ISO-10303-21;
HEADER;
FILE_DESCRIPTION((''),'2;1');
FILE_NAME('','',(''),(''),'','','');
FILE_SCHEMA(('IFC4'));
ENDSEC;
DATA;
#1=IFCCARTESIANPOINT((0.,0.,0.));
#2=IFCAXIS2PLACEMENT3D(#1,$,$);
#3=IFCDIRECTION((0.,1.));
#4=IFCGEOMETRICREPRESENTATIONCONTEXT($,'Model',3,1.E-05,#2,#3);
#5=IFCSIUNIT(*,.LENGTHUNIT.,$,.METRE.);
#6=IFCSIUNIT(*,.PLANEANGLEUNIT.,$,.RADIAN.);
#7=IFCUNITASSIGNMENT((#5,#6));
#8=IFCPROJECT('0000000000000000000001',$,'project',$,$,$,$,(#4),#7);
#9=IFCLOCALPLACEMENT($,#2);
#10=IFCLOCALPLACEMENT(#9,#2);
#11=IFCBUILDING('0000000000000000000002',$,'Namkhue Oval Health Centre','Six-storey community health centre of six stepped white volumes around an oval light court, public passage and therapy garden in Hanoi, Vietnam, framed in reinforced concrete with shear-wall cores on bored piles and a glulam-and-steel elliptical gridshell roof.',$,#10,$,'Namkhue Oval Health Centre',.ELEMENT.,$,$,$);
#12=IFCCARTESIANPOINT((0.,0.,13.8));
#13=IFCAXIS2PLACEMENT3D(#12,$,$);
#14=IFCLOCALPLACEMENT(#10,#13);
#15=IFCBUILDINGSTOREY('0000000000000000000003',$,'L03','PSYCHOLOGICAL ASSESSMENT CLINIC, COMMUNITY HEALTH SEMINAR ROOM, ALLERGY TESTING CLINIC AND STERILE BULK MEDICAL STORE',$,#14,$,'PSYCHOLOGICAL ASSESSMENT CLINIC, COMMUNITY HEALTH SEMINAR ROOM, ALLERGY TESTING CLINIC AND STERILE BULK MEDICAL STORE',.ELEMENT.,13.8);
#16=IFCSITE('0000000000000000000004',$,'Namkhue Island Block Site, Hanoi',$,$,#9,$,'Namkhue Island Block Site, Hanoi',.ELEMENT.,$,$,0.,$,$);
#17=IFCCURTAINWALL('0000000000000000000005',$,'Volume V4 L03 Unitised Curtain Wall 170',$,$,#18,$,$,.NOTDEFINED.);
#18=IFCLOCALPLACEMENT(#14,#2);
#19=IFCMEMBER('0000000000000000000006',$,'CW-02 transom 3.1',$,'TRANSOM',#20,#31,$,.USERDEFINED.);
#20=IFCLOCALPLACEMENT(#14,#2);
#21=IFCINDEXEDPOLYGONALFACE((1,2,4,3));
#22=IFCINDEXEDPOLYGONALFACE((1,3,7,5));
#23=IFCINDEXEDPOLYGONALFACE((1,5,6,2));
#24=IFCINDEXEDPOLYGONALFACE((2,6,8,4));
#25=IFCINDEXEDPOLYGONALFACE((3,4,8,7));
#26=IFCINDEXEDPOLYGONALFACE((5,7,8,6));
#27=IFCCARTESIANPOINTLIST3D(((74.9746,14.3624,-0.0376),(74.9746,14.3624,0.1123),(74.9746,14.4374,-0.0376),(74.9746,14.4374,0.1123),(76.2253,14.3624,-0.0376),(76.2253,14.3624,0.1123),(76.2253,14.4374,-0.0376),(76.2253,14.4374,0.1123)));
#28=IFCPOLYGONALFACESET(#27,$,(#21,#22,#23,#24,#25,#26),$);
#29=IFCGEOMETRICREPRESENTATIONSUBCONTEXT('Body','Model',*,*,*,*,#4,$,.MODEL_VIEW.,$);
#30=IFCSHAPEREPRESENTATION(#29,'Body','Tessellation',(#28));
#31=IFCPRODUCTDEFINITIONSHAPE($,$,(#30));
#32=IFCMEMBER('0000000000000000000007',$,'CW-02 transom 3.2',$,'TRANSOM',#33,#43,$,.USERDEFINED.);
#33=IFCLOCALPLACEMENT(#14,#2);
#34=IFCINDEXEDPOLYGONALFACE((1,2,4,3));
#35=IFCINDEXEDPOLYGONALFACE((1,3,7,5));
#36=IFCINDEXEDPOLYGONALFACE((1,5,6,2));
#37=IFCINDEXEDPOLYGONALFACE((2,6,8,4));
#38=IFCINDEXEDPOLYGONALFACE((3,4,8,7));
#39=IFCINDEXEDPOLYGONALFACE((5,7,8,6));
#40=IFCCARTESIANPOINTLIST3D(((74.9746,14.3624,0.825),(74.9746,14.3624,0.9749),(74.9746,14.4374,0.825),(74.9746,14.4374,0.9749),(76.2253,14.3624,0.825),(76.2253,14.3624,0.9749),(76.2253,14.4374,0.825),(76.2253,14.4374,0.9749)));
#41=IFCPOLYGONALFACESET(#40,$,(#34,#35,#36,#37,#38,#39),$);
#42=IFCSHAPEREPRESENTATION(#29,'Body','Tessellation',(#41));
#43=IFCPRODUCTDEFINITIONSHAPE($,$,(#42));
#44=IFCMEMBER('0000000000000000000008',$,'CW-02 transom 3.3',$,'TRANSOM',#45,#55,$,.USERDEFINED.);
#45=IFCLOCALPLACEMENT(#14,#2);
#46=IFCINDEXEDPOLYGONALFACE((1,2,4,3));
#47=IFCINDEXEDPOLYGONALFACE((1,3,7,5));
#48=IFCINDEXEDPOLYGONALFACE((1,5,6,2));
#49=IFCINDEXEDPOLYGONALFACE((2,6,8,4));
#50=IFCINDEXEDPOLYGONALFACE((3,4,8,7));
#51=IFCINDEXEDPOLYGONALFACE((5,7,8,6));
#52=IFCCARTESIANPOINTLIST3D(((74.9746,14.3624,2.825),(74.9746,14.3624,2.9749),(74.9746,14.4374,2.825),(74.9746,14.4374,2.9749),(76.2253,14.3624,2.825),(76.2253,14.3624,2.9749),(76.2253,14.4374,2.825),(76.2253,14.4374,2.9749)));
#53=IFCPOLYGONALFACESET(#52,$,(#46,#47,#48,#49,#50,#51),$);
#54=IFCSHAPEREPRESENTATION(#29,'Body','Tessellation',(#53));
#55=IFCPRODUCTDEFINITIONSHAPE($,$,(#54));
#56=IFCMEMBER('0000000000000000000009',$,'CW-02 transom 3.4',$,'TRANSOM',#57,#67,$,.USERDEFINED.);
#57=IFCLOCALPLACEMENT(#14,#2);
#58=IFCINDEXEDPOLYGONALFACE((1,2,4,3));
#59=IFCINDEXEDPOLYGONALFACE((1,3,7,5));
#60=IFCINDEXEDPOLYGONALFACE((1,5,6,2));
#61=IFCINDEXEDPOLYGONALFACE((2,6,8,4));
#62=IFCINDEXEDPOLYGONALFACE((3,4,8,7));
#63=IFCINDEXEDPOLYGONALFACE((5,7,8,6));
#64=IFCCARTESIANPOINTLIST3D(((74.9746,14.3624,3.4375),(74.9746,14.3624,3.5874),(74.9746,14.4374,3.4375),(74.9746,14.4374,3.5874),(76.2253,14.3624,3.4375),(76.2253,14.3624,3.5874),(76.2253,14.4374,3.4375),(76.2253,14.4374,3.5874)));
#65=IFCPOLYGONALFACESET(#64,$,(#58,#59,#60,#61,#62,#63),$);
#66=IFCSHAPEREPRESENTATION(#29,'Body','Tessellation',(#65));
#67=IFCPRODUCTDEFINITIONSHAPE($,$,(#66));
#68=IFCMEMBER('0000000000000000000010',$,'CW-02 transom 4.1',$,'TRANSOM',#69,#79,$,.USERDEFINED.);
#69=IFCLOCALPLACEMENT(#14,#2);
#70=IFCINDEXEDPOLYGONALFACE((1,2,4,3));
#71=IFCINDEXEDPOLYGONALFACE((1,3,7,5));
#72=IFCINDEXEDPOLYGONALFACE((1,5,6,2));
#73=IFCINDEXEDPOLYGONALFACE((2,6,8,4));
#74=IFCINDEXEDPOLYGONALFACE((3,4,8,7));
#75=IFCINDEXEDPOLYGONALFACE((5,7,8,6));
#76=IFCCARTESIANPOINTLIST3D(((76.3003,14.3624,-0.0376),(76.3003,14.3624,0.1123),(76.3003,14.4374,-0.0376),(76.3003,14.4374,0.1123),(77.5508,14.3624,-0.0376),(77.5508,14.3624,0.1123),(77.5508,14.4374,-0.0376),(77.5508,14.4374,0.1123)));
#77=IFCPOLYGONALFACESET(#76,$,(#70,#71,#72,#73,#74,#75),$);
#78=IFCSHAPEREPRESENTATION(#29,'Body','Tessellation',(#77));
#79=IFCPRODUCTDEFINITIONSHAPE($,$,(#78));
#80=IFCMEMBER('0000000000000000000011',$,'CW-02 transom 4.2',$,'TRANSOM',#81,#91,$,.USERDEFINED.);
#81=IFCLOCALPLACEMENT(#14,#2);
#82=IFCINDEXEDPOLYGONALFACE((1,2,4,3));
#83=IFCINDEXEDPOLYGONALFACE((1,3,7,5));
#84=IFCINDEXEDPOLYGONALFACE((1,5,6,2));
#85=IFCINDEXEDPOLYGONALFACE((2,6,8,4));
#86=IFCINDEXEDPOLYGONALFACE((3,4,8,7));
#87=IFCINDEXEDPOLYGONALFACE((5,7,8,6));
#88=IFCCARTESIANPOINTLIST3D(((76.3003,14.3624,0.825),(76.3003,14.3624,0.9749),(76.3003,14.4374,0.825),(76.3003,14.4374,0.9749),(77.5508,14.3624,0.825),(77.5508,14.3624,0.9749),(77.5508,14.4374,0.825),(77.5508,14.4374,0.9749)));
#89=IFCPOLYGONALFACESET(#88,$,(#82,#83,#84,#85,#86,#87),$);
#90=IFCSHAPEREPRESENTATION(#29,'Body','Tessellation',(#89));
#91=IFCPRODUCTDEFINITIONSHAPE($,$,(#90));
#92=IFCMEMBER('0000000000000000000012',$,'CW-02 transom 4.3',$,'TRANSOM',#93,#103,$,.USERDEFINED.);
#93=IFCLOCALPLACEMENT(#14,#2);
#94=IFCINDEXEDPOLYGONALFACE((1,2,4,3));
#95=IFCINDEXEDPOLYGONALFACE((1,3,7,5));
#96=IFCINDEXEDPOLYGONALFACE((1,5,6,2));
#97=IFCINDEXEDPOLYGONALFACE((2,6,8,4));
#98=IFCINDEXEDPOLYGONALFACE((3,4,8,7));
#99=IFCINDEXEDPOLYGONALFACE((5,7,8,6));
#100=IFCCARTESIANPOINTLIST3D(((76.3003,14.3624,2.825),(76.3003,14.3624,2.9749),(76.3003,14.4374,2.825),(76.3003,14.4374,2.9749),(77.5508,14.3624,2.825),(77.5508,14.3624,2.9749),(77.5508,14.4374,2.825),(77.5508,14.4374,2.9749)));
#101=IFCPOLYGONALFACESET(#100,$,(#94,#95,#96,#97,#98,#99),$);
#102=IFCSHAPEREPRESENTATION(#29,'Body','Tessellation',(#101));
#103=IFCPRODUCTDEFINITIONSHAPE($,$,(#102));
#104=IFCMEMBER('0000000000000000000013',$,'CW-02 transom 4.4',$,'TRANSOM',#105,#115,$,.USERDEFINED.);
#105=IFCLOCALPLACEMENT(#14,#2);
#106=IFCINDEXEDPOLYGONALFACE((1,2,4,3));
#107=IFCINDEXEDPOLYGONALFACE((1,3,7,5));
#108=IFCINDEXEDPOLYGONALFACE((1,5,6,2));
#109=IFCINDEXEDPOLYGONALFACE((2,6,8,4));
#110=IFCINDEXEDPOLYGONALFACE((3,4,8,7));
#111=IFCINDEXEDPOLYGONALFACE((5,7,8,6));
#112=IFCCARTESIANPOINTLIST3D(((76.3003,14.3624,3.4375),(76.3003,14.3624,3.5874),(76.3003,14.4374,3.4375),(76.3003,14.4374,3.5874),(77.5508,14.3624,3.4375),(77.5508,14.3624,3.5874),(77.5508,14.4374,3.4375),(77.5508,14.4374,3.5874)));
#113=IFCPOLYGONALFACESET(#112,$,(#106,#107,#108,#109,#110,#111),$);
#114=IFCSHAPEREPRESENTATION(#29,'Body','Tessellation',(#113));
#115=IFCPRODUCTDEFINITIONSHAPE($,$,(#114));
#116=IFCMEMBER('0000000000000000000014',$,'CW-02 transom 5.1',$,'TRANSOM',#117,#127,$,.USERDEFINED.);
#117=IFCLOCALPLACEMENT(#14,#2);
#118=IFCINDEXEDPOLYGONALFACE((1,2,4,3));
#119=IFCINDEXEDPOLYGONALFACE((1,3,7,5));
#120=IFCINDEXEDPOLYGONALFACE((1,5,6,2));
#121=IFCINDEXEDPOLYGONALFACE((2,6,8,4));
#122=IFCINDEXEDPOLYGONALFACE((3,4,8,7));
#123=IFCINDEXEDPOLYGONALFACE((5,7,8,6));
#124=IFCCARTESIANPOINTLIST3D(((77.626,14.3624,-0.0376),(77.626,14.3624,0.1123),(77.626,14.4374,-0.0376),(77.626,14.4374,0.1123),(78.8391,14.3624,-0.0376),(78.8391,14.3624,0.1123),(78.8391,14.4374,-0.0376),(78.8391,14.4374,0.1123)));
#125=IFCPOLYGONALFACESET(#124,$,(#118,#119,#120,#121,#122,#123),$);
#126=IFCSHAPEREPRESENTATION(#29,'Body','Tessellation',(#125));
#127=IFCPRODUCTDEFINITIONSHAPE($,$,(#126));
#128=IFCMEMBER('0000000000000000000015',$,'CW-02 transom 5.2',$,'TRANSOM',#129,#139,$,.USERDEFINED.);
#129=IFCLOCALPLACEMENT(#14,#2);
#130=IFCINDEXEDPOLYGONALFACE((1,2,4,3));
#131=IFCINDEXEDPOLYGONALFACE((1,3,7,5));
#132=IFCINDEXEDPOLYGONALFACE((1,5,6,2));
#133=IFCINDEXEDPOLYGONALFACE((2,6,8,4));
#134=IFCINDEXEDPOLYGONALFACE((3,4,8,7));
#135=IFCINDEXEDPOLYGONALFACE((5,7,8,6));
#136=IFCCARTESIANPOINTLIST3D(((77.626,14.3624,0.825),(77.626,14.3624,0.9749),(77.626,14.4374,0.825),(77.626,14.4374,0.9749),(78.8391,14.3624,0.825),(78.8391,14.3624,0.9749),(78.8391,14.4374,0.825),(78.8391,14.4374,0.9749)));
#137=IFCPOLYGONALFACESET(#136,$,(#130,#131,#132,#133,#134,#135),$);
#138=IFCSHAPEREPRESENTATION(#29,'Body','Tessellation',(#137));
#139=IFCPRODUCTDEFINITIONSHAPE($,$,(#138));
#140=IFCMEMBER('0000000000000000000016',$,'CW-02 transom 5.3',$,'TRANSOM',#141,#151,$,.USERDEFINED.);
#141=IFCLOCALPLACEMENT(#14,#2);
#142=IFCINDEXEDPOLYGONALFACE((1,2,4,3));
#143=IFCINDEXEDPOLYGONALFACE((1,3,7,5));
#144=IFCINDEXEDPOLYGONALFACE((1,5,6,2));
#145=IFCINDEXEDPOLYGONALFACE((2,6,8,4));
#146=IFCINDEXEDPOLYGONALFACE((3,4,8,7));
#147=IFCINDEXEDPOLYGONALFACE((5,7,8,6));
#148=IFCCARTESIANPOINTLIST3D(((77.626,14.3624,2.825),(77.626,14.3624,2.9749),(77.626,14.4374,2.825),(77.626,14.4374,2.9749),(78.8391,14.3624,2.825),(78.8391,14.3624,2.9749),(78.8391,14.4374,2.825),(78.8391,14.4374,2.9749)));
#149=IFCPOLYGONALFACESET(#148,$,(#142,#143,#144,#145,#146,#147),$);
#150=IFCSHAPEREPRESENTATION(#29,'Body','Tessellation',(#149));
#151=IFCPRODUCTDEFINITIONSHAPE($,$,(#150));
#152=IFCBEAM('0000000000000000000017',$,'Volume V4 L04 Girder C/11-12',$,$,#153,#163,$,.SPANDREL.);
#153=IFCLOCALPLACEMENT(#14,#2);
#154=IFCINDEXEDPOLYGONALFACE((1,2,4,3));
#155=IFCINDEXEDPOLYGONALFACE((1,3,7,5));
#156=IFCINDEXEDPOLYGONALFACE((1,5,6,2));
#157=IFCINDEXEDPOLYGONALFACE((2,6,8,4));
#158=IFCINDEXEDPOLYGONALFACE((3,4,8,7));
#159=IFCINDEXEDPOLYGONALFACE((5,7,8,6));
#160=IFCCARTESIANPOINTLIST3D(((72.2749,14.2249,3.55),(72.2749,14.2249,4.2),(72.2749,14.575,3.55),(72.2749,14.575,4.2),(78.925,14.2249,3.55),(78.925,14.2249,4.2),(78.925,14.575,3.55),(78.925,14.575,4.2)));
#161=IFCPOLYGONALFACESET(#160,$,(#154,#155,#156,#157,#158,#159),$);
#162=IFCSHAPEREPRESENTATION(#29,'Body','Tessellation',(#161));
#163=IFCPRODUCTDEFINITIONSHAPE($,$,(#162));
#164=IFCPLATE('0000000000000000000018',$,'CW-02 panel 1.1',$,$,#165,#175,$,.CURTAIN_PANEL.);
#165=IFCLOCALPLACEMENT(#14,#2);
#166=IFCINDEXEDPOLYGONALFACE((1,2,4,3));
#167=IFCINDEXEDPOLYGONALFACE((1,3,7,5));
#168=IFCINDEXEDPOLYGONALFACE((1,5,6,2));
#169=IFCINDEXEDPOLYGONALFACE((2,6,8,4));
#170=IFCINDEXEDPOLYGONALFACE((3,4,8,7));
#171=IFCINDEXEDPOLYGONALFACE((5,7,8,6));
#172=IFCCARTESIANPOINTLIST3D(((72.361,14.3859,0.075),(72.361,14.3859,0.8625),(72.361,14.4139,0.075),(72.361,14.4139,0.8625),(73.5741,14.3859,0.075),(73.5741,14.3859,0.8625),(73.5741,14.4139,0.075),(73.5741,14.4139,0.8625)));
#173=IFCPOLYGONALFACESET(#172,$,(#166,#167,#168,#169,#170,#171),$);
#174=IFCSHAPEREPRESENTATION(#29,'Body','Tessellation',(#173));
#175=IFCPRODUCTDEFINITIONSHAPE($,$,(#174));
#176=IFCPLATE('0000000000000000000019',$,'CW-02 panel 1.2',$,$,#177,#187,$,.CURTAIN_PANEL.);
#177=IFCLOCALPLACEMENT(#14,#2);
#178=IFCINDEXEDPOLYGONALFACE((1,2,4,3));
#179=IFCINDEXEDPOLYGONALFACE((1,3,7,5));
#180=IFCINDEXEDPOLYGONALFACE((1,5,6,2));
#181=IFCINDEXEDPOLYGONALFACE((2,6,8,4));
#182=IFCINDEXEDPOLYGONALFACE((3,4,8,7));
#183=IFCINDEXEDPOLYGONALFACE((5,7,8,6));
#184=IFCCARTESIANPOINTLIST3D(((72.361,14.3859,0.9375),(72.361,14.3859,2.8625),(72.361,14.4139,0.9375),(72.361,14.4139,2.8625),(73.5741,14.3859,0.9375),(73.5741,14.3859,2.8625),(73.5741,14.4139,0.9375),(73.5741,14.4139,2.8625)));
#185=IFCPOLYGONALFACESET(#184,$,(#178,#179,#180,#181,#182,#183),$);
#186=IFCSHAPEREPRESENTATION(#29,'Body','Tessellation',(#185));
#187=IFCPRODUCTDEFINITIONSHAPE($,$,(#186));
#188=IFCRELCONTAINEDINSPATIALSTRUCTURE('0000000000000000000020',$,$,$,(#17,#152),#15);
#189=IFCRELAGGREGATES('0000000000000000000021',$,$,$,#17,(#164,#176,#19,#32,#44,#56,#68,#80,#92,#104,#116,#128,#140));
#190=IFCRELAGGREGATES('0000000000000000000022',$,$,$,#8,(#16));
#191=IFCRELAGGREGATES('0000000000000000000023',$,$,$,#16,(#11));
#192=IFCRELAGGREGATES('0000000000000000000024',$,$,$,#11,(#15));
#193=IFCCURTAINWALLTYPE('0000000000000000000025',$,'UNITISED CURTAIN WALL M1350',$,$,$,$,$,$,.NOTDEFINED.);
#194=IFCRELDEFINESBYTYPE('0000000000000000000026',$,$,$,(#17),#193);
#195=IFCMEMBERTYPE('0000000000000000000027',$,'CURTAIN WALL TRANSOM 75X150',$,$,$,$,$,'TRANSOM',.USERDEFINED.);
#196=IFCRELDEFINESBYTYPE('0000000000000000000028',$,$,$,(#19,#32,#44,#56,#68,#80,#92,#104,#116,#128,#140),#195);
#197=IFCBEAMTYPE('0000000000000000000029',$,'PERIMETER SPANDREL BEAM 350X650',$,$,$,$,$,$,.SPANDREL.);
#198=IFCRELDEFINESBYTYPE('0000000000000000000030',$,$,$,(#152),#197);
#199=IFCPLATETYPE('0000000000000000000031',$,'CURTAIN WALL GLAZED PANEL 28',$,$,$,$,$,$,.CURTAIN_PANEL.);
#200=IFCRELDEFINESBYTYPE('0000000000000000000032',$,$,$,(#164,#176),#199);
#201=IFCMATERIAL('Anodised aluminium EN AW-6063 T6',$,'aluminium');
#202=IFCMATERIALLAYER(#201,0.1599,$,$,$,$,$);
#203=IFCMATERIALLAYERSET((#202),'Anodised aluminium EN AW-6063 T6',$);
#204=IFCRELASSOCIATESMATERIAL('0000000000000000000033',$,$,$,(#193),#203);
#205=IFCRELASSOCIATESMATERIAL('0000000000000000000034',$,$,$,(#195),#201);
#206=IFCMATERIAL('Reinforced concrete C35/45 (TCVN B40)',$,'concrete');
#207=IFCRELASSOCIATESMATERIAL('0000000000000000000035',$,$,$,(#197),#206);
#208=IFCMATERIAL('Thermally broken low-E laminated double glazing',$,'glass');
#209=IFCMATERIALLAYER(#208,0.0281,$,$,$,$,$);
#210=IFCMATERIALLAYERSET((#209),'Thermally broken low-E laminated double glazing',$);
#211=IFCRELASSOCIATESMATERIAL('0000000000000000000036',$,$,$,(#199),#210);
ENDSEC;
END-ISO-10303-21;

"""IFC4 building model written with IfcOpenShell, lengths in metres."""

from ifc_helpers import new_model, si_unit, direction, frame, origin, origin_2d, place, context, subcontext, project, spatial, rectangle, extrude, material, layer, layer_set, material_profile, profile_set, type_object, element, aggregate, save


model = new_model("IFC4")

# Units and contexts
model_context = context("Model", 3, precision=1e-05, world=origin(), true_north=direction((0.0, 1.0)))
body_context = subcontext(model_context, "Body", "Model", "MODEL_VIEW")
ifc_project = project(units=[si_unit("LENGTHUNIT", "METRE"), si_unit("PLANEANGLEUNIT", "RADIAN")], contexts=[model_context])

# Site, building, storey
site_placement = place(None, origin())
site = spatial("IfcSite", under=ifc_project, at=site_placement, Name="Namkhue Island Block Site, Hanoi", LongName="Namkhue Island Block Site, Hanoi", CompositionType="ELEMENT", RefElevation=0.0)
building_placement = place(site_placement, origin())
building = spatial("IfcBuilding", under=site, at=building_placement, Name="Namkhue Oval Health Centre", Description="Six-storey community health centre of six stepped white volumes around an oval light court, public passage and therapy garden in Hanoi, Vietnam, framed in reinforced concrete with shear-wall cores on bored piles and a glulam-and-steel elliptical gridshell roof.", LongName="Namkhue Oval Health Centre", CompositionType="ELEMENT")
storey_placement = place(building_placement, frame((0.0, 0.0, 13.8)))
storey = spatial("IfcBuildingStorey", under=building, at=storey_placement, Name="L03", Description="PSYCHOLOGICAL ASSESSMENT CLINIC, COMMUNITY HEALTH SEMINAR ROOM, ALLERGY TESTING CLINIC AND STERILE BULK MEDICAL STORE", LongName="PSYCHOLOGICAL ASSESSMENT CLINIC, COMMUNITY HEALTH SEMINAR ROOM, ALLERGY TESTING CLINIC AND STERILE BULK MEDICAL STORE", CompositionType="ELEMENT", Elevation=13.8)

# Shared definitions
ifc_material_1 = material(Name="Reinforced concrete C35/45 (TCVN B40)", Category="concrete")

# Curtain wall, members
ifc_material_2 = material(Name="Anodised aluminium EN AW-6063 T6", Category="aluminium")
ifc_layer_1 = layer(ifc_material_2, 0.1599)
ifc_layer_set_1 = layer_set([ifc_layer_1], Name="Anodised aluminium EN AW-6063 T6")
curtain_wall_type = type_object("IfcCurtainWallType", Name="UNITISED CURTAIN WALL M1350", PredefinedType="NOTDEFINED", material=ifc_layer_set_1)
curtain_wall_placement = place(storey_placement, origin())
curtain_wall = element("IfcCurtainWall", 1, at=curtain_wall_placement, inside=storey, type_object=curtain_wall_type, Name="Volume V4 L03 Unitised Curtain Wall 170", PredefinedType="NOTDEFINED")
ifc_material_profile_1 = material_profile(ifc_material_2, rectangle(XDim=0.075, YDim=0.1499, at=origin_2d()), Name="ALU 75x150")
ifc_profile_set_1 = profile_set([ifc_material_profile_1], Name="Anodised aluminium EN AW-6063 T6")
member_type_1 = type_object("IfcMemberType", Name="CURTAIN WALL TRANSOM 75X150", ElementType="TRANSOM", PredefinedType="USERDEFINED", material=ifc_profile_set_1)
member_1_placement = place(storey_placement, frame((74.9746, 14.3999, 0.0374), z_axis=(1.0, 0.0, 0.0), x_axis=(0.0, 1.0, 0.0)))
member_1 = element("IfcMember", 2, at=member_1_placement, type_object=member_type_1, Name="CW-02 transom 3.1", ObjectType="TRANSOM", PredefinedType="USERDEFINED", context=body_context, shape_type="SweptSolid", body=[
    extrude(rectangle(XDim=0.075, YDim=0.1499, at=origin_2d()), origin(), (0.0, 0.0, 1.0), 1.2507),
])
member_2_placement = place(storey_placement, frame((74.9746, 14.3999, 0.8999), z_axis=(1.0, 0.0, 0.0), x_axis=(0.0, 1.0, 0.0)))
member_2 = element("IfcMember", 3, at=member_2_placement, type_object=member_type_1, Name="CW-02 transom 3.2", ObjectType="TRANSOM", PredefinedType="USERDEFINED", context=body_context, shape_type="SweptSolid", body=[
    extrude(rectangle(XDim=0.075, YDim=0.1499, at=origin_2d()), origin(), (0.0, 0.0, 1.0), 1.2507),
])
member_3_placement = place(storey_placement, frame((74.9746, 14.3999, 2.8999), z_axis=(1.0, 0.0, 0.0), x_axis=(0.0, 1.0, 0.0)))
member_3 = element("IfcMember", 4, at=member_3_placement, type_object=member_type_1, Name="CW-02 transom 3.3", ObjectType="TRANSOM", PredefinedType="USERDEFINED", context=body_context, shape_type="SweptSolid", body=[
    extrude(rectangle(XDim=0.075, YDim=0.1499, at=origin_2d()), origin(), (0.0, 0.0, 1.0), 1.2507),
])
member_4_placement = place(storey_placement, frame((74.9746, 14.3999, 3.5125), z_axis=(1.0, 0.0, 0.0), x_axis=(0.0, 1.0, 0.0)))
member_4 = element("IfcMember", 5, at=member_4_placement, type_object=member_type_1, Name="CW-02 transom 3.4", ObjectType="TRANSOM", PredefinedType="USERDEFINED", context=body_context, shape_type="SweptSolid", body=[
    extrude(rectangle(XDim=0.075, YDim=0.1499, at=origin_2d()), origin(), (0.0, 0.0, 1.0), 1.2507),
])
member_5_placement = place(storey_placement, frame((76.3003, 14.3999, 0.0374), z_axis=(1.0, 0.0, 0.0), x_axis=(0.0, 1.0, 0.0)))
member_5 = element("IfcMember", 6, at=member_5_placement, type_object=member_type_1, Name="CW-02 transom 4.1", ObjectType="TRANSOM", PredefinedType="USERDEFINED", context=body_context, shape_type="SweptSolid", body=[
    extrude(rectangle(XDim=0.075, YDim=0.1499, at=origin_2d()), origin(), (0.0, 0.0, 1.0), 1.2505),
])
member_6_placement = place(storey_placement, frame((76.3003, 14.3999, 0.8999), z_axis=(1.0, 0.0, 0.0), x_axis=(0.0, 1.0, 0.0)))
member_6 = element("IfcMember", 7, at=member_6_placement, type_object=member_type_1, Name="CW-02 transom 4.2", ObjectType="TRANSOM", PredefinedType="USERDEFINED", context=body_context, shape_type="SweptSolid", body=[
    extrude(rectangle(XDim=0.075, YDim=0.1499, at=origin_2d()), origin(), (0.0, 0.0, 1.0), 1.2505),
])
member_7_placement = place(storey_placement, frame((76.3003, 14.3999, 2.8999), z_axis=(1.0, 0.0, 0.0), x_axis=(0.0, 1.0, 0.0)))
member_7 = element("IfcMember", 8, at=member_7_placement, type_object=member_type_1, Name="CW-02 transom 4.3", ObjectType="TRANSOM", PredefinedType="USERDEFINED", context=body_context, shape_type="SweptSolid", body=[
    extrude(rectangle(XDim=0.075, YDim=0.1499, at=origin_2d()), origin(), (0.0, 0.0, 1.0), 1.2505),
])
member_8_placement = place(storey_placement, frame((76.3003, 14.3999, 3.5125), z_axis=(1.0, 0.0, 0.0), x_axis=(0.0, 1.0, 0.0)))
member_8 = element("IfcMember", 9, at=member_8_placement, type_object=member_type_1, Name="CW-02 transom 4.4", ObjectType="TRANSOM", PredefinedType="USERDEFINED", context=body_context, shape_type="SweptSolid", body=[
    extrude(rectangle(XDim=0.075, YDim=0.1499, at=origin_2d()), origin(), (0.0, 0.0, 1.0), 1.2505),
])
member_9_placement = place(storey_placement, frame((77.626, 14.3999, 0.0374), z_axis=(1.0, 0.0, 0.0), x_axis=(0.0, 1.0, 0.0)))
member_9 = element("IfcMember", 10, at=member_9_placement, type_object=member_type_1, Name="CW-02 transom 5.1", ObjectType="TRANSOM", PredefinedType="USERDEFINED", context=body_context, shape_type="SweptSolid", body=[
    extrude(rectangle(XDim=0.075, YDim=0.1499, at=origin_2d()), origin(), (0.0, 0.0, 1.0), 1.2131),
])
member_10_placement = place(storey_placement, frame((77.626, 14.3999, 0.8999), z_axis=(1.0, 0.0, 0.0), x_axis=(0.0, 1.0, 0.0)))
member_10 = element("IfcMember", 11, at=member_10_placement, type_object=member_type_1, Name="CW-02 transom 5.2", ObjectType="TRANSOM", PredefinedType="USERDEFINED", context=body_context, shape_type="SweptSolid", body=[
    extrude(rectangle(XDim=0.075, YDim=0.1499, at=origin_2d()), origin(), (0.0, 0.0, 1.0), 1.2131),
])
member_11_placement = place(storey_placement, frame((77.626, 14.3999, 2.8999), z_axis=(1.0, 0.0, 0.0), x_axis=(0.0, 1.0, 0.0)))
member_11 = element("IfcMember", 12, at=member_11_placement, type_object=member_type_1, Name="CW-02 transom 5.3", ObjectType="TRANSOM", PredefinedType="USERDEFINED", context=body_context, shape_type="SweptSolid", body=[
    extrude(rectangle(XDim=0.075, YDim=0.1499, at=origin_2d()), origin(), (0.0, 0.0, 1.0), 1.2131),
])

# Beam
ifc_material_profile_2 = material_profile(ifc_material_1, rectangle(XDim=0.3501, YDim=0.6499, at=origin_2d()), Name="RC 350x650")
ifc_profile_set_2 = profile_set([ifc_material_profile_2], Name="Reinforced concrete C35/45 (TCVN B40)")
beam_type = type_object("IfcBeamType", Name="PERIMETER SPANDREL BEAM 350X650", PredefinedType="SPANDREL", material=ifc_profile_set_2)
beam_placement = place(storey_placement, frame((72.2749, 14.3999, 3.875), z_axis=(1.0, 0.0, 0.0), x_axis=(0.0, 1.0, 0.0)))
element("IfcBeam", 13, at=beam_placement, inside=storey, type_object=beam_type, Name="Volume V4 L04 Girder C/11-12", PredefinedType="SPANDREL", context=body_context, shape_type="SweptSolid", body=[
    extrude(rectangle(XDim=0.3501, YDim=0.6499, at=origin_2d()), origin(), (0.0, 0.0, 1.0), 6.6501),
])

# Plates
ifc_material_3 = material(Name="Thermally broken low-E laminated double glazing", Category="glass")
ifc_layer_2 = layer(ifc_material_3, 0.0281)
ifc_layer_set_2 = layer_set([ifc_layer_2], Name="Thermally broken low-E laminated double glazing")
plate_type = type_object("IfcPlateType", Name="CURTAIN WALL GLAZED PANEL 28", PredefinedType="CURTAIN_PANEL", material=ifc_layer_set_2)
plate_1_placement = place(storey_placement, frame((72.9675, 14.3999, 0.075), z_axis=(0.0, 0.0, 1.0), x_axis=(1.0, 0.0, 0.0)))
plate_1 = element("IfcPlate", 14, at=plate_1_placement, type_object=plate_type, Name="CW-02 panel 1.1", PredefinedType="CURTAIN_PANEL", context=body_context, shape_type="SweptSolid", body=[
    extrude(rectangle(XDim=1.2131, YDim=0.0281, at=origin_2d()), origin(), (0.0, 0.0, 1.0), 0.7876),
])
plate_2_placement = place(storey_placement, frame((72.9675, 14.3999, 0.9375), z_axis=(0.0, 0.0, 1.0), x_axis=(1.0, 0.0, 0.0)))
plate_2 = element("IfcPlate", 15, at=plate_2_placement, type_object=plate_type, Name="CW-02 panel 1.2", PredefinedType="CURTAIN_PANEL", context=body_context, shape_type="SweptSolid", body=[
    extrude(rectangle(XDim=1.2131, YDim=0.0281, at=origin_2d()), origin(), (0.0, 0.0, 1.0), 1.925),
])
aggregate(curtain_wall, [plate_1, plate_2, member_1, member_2, member_3, member_4, member_5, member_6, member_7, member_8, member_9, member_10, member_11])

save(model, "model.ifc")
